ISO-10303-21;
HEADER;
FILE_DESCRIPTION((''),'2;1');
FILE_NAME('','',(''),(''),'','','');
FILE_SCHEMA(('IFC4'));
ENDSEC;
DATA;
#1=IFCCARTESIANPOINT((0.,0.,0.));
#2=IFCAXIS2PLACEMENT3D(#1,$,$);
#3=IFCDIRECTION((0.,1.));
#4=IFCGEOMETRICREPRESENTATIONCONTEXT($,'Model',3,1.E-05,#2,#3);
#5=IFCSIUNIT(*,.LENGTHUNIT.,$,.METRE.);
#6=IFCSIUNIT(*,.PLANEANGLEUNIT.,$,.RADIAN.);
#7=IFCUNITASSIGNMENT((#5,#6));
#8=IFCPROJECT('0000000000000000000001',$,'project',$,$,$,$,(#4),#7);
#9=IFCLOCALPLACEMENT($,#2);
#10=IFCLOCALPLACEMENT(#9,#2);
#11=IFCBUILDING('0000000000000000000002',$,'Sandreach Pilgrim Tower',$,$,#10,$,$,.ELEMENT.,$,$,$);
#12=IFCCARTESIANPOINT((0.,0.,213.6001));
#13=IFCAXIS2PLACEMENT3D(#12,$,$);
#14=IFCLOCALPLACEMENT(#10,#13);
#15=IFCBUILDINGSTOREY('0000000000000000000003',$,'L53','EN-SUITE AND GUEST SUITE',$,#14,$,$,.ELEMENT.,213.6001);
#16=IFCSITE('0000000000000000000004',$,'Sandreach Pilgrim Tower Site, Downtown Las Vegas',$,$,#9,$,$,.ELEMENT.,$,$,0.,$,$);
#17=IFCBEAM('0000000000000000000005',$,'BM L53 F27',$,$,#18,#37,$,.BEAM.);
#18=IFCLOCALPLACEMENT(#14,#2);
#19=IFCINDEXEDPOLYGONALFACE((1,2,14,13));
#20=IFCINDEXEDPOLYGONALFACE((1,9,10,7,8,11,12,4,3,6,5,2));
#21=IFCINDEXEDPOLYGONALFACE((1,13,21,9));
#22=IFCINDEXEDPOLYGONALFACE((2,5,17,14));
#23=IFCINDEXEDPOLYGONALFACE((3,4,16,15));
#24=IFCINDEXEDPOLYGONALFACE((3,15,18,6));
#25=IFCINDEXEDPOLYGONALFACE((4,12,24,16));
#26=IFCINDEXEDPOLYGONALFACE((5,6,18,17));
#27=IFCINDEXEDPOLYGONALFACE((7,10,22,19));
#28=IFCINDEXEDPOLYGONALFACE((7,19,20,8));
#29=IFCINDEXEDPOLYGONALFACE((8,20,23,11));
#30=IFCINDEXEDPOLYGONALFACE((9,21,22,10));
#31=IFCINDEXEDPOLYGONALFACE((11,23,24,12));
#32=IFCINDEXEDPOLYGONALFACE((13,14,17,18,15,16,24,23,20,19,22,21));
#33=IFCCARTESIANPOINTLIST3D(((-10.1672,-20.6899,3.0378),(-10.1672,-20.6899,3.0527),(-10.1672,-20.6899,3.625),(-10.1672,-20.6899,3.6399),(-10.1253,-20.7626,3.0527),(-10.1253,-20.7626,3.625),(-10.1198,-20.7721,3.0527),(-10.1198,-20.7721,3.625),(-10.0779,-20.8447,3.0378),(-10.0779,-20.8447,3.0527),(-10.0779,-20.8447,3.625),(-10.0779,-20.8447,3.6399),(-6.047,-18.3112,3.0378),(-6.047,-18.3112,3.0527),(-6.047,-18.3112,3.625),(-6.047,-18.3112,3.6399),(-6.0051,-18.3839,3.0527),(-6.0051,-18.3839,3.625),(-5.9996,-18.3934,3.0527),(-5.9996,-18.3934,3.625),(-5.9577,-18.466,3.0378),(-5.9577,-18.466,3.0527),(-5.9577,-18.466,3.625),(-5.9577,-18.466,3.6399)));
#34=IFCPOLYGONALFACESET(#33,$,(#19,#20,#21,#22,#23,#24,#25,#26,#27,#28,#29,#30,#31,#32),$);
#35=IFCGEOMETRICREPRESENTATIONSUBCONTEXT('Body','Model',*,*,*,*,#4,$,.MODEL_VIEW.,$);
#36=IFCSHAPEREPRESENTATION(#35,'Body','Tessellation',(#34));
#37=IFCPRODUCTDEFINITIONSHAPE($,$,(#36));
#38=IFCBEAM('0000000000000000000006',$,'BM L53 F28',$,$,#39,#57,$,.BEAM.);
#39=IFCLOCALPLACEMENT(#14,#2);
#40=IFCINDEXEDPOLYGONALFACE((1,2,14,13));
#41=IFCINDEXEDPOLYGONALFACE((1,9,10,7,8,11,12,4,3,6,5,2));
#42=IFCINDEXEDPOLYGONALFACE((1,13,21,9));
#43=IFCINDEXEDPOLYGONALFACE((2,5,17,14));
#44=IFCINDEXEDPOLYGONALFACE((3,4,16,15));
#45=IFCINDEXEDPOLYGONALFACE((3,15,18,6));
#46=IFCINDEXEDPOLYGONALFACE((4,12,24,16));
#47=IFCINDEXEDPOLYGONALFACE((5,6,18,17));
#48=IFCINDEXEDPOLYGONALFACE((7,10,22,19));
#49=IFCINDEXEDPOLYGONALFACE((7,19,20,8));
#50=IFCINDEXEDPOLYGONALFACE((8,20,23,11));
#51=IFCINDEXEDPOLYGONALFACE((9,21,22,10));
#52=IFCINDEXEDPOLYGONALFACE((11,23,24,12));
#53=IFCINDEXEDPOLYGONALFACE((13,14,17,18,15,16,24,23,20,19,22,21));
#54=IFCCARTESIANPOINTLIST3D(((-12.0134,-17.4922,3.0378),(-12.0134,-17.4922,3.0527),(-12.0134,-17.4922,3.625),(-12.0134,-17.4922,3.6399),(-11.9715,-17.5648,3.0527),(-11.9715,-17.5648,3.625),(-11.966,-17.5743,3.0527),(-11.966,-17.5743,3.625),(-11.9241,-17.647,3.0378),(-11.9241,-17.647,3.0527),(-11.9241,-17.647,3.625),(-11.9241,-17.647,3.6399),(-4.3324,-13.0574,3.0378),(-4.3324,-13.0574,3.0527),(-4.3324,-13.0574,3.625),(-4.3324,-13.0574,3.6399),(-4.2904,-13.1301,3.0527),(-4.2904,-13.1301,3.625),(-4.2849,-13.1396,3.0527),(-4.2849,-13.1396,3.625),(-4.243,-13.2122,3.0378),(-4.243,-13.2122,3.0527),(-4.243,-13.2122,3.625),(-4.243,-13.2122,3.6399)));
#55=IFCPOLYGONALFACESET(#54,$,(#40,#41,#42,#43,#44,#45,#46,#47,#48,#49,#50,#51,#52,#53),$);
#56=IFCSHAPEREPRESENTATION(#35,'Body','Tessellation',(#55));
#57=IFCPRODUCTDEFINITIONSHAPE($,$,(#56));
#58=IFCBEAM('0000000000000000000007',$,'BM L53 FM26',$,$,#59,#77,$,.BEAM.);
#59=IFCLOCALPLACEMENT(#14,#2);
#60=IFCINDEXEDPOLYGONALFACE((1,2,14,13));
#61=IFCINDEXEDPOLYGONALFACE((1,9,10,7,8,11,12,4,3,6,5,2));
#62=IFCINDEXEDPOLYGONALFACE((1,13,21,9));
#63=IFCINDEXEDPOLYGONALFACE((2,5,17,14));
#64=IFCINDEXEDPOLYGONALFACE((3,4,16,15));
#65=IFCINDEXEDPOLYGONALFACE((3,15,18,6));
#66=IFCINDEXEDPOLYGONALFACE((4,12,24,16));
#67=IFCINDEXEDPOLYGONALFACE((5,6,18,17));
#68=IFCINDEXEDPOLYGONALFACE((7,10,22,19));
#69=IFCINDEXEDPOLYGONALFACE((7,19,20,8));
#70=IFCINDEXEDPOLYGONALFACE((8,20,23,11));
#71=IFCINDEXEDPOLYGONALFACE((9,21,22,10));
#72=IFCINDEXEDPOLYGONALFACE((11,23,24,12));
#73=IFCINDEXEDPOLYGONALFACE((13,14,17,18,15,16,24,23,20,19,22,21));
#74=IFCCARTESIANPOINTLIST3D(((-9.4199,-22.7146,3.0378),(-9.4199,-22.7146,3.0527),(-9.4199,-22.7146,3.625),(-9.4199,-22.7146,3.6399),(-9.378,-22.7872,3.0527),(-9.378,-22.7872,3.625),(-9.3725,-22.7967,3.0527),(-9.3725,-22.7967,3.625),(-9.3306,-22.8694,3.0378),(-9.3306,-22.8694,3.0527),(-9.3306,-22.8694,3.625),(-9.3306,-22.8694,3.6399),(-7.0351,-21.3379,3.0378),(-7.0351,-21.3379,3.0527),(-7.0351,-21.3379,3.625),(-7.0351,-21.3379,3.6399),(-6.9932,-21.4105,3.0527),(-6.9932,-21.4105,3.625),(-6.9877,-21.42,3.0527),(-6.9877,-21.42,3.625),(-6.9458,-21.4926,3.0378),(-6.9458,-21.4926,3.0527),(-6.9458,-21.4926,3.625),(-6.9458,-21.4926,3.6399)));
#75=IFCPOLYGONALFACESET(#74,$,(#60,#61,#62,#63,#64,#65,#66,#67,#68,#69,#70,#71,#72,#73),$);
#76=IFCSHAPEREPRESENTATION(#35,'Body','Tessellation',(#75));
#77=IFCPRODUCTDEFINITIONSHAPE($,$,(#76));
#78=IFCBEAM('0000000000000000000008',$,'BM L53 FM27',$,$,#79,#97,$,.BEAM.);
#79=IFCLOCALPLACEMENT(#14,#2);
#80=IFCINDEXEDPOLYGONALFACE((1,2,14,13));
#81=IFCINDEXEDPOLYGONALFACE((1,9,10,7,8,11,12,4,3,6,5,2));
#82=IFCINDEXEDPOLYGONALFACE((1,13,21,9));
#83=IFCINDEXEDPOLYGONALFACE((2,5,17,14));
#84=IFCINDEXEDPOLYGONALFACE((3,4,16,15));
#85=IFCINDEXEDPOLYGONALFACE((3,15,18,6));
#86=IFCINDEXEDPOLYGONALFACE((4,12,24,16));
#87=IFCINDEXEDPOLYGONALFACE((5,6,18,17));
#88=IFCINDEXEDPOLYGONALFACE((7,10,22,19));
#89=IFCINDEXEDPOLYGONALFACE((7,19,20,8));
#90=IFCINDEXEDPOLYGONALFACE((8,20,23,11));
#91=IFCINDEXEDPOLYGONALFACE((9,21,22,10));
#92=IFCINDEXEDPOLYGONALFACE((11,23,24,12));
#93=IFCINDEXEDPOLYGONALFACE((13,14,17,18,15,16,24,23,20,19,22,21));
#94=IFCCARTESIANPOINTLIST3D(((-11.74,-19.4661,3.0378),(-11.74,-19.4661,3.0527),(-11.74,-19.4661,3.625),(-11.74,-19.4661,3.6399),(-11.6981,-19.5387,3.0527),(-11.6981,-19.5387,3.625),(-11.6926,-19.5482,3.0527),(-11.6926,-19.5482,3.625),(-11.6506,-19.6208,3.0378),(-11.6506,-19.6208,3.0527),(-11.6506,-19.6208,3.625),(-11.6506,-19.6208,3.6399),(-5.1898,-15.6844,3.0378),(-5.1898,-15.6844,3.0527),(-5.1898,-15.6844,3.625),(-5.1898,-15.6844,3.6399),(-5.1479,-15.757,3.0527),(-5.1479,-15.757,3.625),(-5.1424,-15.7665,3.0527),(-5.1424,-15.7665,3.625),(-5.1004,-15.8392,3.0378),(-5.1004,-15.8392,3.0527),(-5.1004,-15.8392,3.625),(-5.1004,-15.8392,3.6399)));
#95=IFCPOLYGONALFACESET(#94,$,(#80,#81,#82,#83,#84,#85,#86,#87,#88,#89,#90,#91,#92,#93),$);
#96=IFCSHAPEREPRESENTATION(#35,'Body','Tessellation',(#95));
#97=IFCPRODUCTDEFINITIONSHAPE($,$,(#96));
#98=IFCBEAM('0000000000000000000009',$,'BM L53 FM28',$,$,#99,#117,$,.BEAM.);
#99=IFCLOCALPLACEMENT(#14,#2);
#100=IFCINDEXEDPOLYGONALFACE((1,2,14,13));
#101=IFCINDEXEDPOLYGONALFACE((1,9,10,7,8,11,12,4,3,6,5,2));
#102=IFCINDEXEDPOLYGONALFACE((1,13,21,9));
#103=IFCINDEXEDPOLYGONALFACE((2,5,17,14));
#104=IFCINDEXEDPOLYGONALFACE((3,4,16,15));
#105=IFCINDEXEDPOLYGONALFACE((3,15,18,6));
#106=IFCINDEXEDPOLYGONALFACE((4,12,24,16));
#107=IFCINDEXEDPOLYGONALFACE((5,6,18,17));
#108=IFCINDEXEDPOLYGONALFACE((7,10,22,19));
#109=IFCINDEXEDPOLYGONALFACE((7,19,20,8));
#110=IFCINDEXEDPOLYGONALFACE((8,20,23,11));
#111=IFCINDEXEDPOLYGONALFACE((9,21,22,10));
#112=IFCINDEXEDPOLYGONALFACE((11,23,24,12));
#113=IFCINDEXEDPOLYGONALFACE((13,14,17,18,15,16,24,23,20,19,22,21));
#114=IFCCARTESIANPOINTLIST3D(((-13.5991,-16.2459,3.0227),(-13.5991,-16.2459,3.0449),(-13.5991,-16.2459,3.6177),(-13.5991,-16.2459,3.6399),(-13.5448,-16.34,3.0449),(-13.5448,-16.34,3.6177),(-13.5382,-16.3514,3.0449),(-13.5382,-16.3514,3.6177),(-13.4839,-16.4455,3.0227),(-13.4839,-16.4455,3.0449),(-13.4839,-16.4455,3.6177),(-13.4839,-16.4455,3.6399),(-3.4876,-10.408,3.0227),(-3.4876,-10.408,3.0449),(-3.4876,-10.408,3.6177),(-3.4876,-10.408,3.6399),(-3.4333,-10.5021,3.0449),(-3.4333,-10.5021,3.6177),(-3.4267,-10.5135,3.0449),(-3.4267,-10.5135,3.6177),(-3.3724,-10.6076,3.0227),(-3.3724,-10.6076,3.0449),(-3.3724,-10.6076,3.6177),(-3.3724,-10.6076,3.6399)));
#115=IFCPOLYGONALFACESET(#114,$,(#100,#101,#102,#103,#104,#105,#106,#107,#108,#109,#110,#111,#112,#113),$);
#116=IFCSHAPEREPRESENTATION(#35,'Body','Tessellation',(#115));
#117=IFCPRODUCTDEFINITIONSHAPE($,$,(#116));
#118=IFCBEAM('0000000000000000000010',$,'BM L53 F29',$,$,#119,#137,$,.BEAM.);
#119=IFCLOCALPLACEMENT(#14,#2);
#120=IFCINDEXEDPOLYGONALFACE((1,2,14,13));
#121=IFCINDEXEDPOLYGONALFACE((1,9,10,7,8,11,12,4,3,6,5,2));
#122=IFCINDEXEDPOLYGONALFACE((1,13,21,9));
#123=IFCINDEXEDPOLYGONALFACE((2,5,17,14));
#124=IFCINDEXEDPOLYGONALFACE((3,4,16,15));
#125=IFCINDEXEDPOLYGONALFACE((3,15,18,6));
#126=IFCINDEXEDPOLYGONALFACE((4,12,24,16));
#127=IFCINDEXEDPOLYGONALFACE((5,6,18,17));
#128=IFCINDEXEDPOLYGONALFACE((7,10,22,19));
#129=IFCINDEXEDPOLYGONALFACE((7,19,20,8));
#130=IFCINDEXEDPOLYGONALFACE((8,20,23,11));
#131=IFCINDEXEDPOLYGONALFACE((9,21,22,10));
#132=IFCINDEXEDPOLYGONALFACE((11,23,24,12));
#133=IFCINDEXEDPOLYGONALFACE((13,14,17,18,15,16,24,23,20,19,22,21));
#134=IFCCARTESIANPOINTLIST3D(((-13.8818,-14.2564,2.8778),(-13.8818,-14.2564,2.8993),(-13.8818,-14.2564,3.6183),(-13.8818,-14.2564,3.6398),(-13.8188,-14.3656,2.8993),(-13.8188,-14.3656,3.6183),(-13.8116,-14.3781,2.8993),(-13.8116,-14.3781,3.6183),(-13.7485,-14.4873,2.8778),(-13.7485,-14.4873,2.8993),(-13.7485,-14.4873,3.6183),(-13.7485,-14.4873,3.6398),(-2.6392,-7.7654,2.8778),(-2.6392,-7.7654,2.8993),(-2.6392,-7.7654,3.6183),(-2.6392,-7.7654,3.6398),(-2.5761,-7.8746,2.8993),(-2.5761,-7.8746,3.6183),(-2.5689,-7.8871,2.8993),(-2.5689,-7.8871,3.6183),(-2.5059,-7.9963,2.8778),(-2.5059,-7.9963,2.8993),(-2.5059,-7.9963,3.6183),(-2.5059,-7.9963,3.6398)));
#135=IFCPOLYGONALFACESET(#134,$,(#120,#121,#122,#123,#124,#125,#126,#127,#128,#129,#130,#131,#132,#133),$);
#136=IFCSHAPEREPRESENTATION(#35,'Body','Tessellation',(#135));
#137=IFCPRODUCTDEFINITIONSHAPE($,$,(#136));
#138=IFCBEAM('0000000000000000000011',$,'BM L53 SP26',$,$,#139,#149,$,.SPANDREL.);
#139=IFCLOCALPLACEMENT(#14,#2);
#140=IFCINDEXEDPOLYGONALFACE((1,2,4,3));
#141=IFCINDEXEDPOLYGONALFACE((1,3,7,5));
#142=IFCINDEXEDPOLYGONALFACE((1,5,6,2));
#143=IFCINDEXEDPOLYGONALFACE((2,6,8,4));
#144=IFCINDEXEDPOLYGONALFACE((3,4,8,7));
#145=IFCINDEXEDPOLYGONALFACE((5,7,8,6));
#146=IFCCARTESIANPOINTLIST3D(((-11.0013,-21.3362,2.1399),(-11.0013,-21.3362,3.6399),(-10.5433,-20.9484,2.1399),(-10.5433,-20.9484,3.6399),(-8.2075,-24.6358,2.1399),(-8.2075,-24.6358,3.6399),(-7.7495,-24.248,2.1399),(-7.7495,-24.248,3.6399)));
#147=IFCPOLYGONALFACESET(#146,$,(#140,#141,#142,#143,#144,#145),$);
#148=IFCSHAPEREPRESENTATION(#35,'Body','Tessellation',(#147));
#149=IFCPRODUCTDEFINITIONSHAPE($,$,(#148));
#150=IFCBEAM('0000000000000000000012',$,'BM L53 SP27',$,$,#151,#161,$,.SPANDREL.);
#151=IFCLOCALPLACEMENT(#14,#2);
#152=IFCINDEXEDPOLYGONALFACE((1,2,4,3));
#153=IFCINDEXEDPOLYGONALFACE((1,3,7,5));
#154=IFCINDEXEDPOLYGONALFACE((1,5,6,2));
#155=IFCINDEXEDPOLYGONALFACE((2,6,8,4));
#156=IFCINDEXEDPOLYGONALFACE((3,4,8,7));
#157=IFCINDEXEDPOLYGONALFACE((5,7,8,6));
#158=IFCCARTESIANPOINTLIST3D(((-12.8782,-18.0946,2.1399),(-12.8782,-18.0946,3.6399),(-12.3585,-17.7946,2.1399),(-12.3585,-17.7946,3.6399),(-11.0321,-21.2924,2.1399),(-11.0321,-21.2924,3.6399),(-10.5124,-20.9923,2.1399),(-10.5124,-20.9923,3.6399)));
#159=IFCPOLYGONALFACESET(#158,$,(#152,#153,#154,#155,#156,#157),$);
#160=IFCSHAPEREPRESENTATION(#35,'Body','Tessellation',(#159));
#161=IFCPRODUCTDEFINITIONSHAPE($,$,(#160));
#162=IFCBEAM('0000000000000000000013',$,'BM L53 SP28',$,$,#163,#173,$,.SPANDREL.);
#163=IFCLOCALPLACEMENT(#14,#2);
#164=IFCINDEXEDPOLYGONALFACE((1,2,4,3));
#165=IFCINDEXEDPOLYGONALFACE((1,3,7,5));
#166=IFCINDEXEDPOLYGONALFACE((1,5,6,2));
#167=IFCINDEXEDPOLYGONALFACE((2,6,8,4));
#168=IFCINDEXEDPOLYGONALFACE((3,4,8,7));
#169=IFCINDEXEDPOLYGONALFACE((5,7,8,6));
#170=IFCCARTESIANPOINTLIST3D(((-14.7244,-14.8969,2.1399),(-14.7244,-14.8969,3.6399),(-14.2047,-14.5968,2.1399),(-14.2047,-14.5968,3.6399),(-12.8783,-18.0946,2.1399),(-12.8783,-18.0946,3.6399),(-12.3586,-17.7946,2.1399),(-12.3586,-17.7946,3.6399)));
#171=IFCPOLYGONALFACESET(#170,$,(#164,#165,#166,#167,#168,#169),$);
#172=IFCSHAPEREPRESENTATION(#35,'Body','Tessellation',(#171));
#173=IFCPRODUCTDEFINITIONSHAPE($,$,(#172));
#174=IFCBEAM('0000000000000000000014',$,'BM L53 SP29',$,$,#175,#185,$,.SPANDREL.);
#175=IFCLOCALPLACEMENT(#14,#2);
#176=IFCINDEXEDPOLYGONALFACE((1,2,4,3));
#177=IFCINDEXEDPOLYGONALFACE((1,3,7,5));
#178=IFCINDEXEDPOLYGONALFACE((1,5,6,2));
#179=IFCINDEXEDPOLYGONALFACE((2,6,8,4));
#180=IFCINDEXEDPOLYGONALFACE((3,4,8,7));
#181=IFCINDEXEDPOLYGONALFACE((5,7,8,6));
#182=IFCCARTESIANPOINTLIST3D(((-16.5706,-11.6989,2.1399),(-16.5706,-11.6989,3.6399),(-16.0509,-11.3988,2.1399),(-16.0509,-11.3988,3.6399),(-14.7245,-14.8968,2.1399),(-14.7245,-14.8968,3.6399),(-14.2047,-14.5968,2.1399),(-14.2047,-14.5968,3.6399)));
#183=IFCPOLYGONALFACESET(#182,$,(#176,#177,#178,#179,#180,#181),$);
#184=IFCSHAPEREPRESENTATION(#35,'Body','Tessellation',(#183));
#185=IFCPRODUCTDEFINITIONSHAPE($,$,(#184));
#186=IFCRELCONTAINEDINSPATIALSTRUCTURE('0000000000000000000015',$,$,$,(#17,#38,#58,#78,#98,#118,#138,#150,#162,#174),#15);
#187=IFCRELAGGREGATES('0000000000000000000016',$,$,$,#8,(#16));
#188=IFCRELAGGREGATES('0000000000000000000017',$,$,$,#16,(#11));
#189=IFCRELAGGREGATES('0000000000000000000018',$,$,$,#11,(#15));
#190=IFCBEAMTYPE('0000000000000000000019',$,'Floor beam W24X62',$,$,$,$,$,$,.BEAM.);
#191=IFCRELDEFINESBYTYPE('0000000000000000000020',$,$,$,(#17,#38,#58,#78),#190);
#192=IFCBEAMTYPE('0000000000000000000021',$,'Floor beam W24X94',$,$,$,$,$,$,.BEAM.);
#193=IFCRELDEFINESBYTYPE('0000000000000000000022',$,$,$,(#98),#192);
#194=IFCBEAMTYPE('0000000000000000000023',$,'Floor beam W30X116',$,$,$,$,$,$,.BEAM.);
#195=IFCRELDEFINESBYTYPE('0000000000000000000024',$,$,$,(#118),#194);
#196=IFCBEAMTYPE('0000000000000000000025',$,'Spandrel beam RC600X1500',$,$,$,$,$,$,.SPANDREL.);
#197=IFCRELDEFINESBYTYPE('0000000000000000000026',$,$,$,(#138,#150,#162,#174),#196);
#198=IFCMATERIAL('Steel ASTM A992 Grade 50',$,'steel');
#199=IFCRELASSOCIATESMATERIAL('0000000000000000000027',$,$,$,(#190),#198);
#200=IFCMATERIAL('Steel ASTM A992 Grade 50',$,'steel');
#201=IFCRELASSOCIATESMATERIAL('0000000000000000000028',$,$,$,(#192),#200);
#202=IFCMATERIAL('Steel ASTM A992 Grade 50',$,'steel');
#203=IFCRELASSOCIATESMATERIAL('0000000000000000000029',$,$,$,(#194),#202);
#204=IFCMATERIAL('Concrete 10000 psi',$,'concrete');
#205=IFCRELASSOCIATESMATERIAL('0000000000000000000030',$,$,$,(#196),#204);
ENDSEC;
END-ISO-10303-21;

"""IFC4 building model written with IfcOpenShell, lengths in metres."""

from ifc_helpers import new_model, si_unit, direction, frame, origin, origin_2d, place, context, subcontext, project, spatial, rectangle, i_section, extrude, material, material_profile, profile_set, type_object, element, save


model = new_model("IFC4")

# Units and contexts
model_context = context("Model", 3, precision=1e-05, world=origin(), true_north=direction((0.0, 1.0)))
body_context = subcontext(model_context, "Body", "Model", "MODEL_VIEW")
ifc_project = project(units=[si_unit("LENGTHUNIT", "METRE"), si_unit("PLANEANGLEUNIT", "RADIAN")], contexts=[model_context])

# Site, building, storey
site_placement = place(None, origin())
site = spatial("IfcSite", under=ifc_project, at=site_placement, Name="Sandreach Pilgrim Tower Site, Downtown Las Vegas", CompositionType="ELEMENT", RefElevation=0.0)
building_placement = place(site_placement, origin())
building = spatial("IfcBuilding", under=site, at=building_placement, Name="Sandreach Pilgrim Tower", CompositionType="ELEMENT")
storey_placement = place(building_placement, frame((0.0, 0.0, 213.6001)))
storey = spatial("IfcBuildingStorey", under=building, at=storey_placement, Name="L53", Description="EN-SUITE AND GUEST SUITE", CompositionType="ELEMENT", Elevation=213.6001)

# Beams
ifc_material_1 = material(Name="Steel ASTM A992 Grade 50", Category="steel")
ifc_material_profile_1 = material_profile(ifc_material_1, i_section(OverallWidth=0.1787, OverallDepth=0.6021, WebThickness=0.011, FlangeThickness=0.0149, at=origin_2d()), Name="W24X62")
ifc_profile_set_1 = profile_set([ifc_material_profile_1], Name="Steel ASTM A992 Grade 50")
beam_type_1 = type_object("IfcBeamType", Name="Floor beam W24X62", PredefinedType="BEAM", material=ifc_profile_set_1)
beam_1_placement = place(storey_placement, frame((-10.1226, -20.7673, 3.3389), z_axis=(0.866033, 0.499986, 0.0), x_axis=(-0.499986, 0.866033, 0.0)))
element("IfcBeam", 1, at=beam_1_placement, inside=storey, type_object=beam_type_1, Name="BM L53 F27", PredefinedType="BEAM", context=body_context, shape_type="SweptSolid", body=[
    extrude(i_section(OverallWidth=0.1787, OverallDepth=0.6021, WebThickness=0.011, FlangeThickness=0.0149, at=origin_2d()), origin(), (0.0, 0.0, 1.0), 4.7576),
])
beam_2_placement = place(storey_placement, frame((-11.9688, -17.5696, 3.3389), z_axis=(0.866021, 0.500008, 0.0), x_axis=(-0.500008, 0.866021, 0.0)))
element("IfcBeam", 2, at=beam_2_placement, inside=storey, type_object=beam_type_1, Name="BM L53 F28", PredefinedType="BEAM", context=body_context, shape_type="SweptSolid", body=[
    extrude(i_section(OverallWidth=0.1787, OverallDepth=0.6021, WebThickness=0.011, FlangeThickness=0.0149, at=origin_2d()), origin(), (0.0, 0.0, 1.0), 8.8694),
])
beam_3_placement = place(storey_placement, frame((-9.3752, -22.792, 3.3389), z_axis=(0.866047, 0.499963, 0.0), x_axis=(-0.499963, 0.866047, 0.0)))
element("IfcBeam", 3, at=beam_3_placement, inside=storey, type_object=beam_type_1, Name="BM L53 FM26", PredefinedType="BEAM", context=body_context, shape_type="SweptSolid", body=[
    extrude(i_section(OverallWidth=0.1787, OverallDepth=0.6021, WebThickness=0.011, FlangeThickness=0.0149, at=origin_2d()), origin(), (0.0, 0.0, 1.0), 2.7537),
])
beam_4_placement = place(storey_placement, frame((-11.6953, -19.5435, 3.3389), z_axis=(0.86603, 0.499993, 0.0), x_axis=(-0.499993, 0.86603, 0.0)))
element("IfcBeam", 4, at=beam_4_placement, inside=storey, type_object=beam_type_1, Name="BM L53 FM27", PredefinedType="BEAM", context=body_context, shape_type="SweptSolid", body=[
    extrude(i_section(OverallWidth=0.1787, OverallDepth=0.6021, WebThickness=0.011, FlangeThickness=0.0149, at=origin_2d()), origin(), (0.0, 0.0, 1.0), 7.5635),
])
ifc_material_2 = material(Name="Steel ASTM A992 Grade 50", Category="steel")
ifc_material_profile_2 = material_profile(ifc_material_2, i_section(OverallWidth=0.2305, OverallDepth=0.6172, WebThickness=0.0132, FlangeThickness=0.0222, at=origin_2d()), Name="W24X94")
ifc_profile_set_2 = profile_set([ifc_material_profile_2], Name="Steel ASTM A992 Grade 50")
beam_type_2 = type_object("IfcBeamType", Name="Floor beam W24X94", PredefinedType="BEAM", material=ifc_profile_set_2)
beam_5_placement = place(storey_placement, frame((-13.5415, -16.3457, 3.3313), z_axis=(0.866026, 0.499998, 0.0), x_axis=(-0.499998, 0.866026, 0.0)))
element("IfcBeam", 5, at=beam_5_placement, inside=storey, type_object=beam_type_2, Name="BM L53 FM28", PredefinedType="BEAM", context=body_context, shape_type="SweptSolid", body=[
    extrude(i_section(OverallWidth=0.2305, OverallDepth=0.6172, WebThickness=0.0132, FlangeThickness=0.0222, at=origin_2d()), origin(), (0.0, 0.0, 1.0), 11.6758),
])
ifc_material_3 = material(Name="Steel ASTM A992 Grade 50", Category="steel")
ifc_material_profile_3 = material_profile(ifc_material_3, i_section(OverallWidth=0.2666, OverallDepth=0.762, WebThickness=0.0144, FlangeThickness=0.0215, at=origin_2d()), Name="W30X116")
ifc_profile_set_3 = profile_set([ifc_material_profile_3], Name="Steel ASTM A992 Grade 50")
beam_type_3 = type_object("IfcBeamType", Name="Floor beam W30X116", PredefinedType="BEAM", material=ifc_profile_set_3)
beam_6_placement = place(storey_placement, frame((-13.8152, -14.3718, 3.2588), z_axis=(0.866025, 0.5, 0.0), x_axis=(-0.5, 0.866025, 0.0)))
element("IfcBeam", 6, at=beam_6_placement, inside=storey, type_object=beam_type_3, Name="BM L53 F29", PredefinedType="BEAM", context=body_context, shape_type="SweptSolid", body=[
    extrude(i_section(OverallWidth=0.2666, OverallDepth=0.762, WebThickness=0.0144, FlangeThickness=0.0215, at=origin_2d()), origin(), (0.0, 0.0, 1.0), 12.9819),
])
ifc_material_4 = material(Name="Concrete 10000 psi", Category="concrete")
ifc_material_profile_4 = material_profile(ifc_material_4, rectangle(XDim=0.6001, YDim=1.5, at=origin_2d()), Name="RC600X1500")
ifc_profile_set_4 = profile_set([ifc_material_profile_4], Name="Concrete 10000 psi")
beam_type_4 = type_object("IfcBeamType", Name="Spandrel beam RC600X1500", PredefinedType="SPANDREL", material=ifc_profile_set_4)
beam_7_placement = place(storey_placement, frame((-7.9785, -24.4419, 2.8899), z_axis=(-0.64618, 0.763185, 0.0), x_axis=(-0.763185, -0.64618, 0.0)))
element("IfcBeam", 7, at=beam_7_placement, inside=storey, type_object=beam_type_4, Name="BM L53 SP26", PredefinedType="SPANDREL", context=body_context, shape_type="SweptSolid", body=[
    extrude(rectangle(XDim=0.6001, YDim=1.5, at=origin_2d()), origin(), (0.0, 0.0, 1.0), 4.3235),
])
for number, where, z_axis, x_axis, name in (
    (8, (-10.7722, -21.1423, 2.8899), (-0.499993, 0.866029, 0.0), (-0.866029, -0.499993, 0.0), "BM L53 SP27"),
    (9, (-12.6184, -17.9446, 2.8899), (-0.499993, 0.866029, 0.0), (-0.866029, -0.499993, 0.0), "BM L53 SP28"),
):
    element("IfcBeam", number, at=place(storey_placement, frame(where, z_axis=z_axis, x_axis=x_axis)), inside=storey, type_object=beam_type_4, Name=name, PredefinedType="SPANDREL", context=body_context, shape_type="SweptSolid", body=[
        extrude(rectangle(XDim=0.6001, YDim=1.5, at=origin_2d()), origin(), (0.0, 0.0, 1.0), 3.6924),
    ])
beam_8_placement = place(storey_placement, frame((-14.4646, -14.7468, 2.8899), z_axis=(-0.499965, 0.866046, 0.0), x_axis=(-0.866046, -0.499965, 0.0)))
element("IfcBeam", 10, at=beam_8_placement, inside=storey, type_object=beam_type_4, Name="BM L53 SP29", PredefinedType="SPANDREL", context=body_context, shape_type="SweptSolid", body=[
    extrude(rectangle(XDim=0.6001, YDim=1.5, at=origin_2d()), origin(), (0.0, 0.0, 1.0), 3.6926),
])

save(model, "model.ifc")
